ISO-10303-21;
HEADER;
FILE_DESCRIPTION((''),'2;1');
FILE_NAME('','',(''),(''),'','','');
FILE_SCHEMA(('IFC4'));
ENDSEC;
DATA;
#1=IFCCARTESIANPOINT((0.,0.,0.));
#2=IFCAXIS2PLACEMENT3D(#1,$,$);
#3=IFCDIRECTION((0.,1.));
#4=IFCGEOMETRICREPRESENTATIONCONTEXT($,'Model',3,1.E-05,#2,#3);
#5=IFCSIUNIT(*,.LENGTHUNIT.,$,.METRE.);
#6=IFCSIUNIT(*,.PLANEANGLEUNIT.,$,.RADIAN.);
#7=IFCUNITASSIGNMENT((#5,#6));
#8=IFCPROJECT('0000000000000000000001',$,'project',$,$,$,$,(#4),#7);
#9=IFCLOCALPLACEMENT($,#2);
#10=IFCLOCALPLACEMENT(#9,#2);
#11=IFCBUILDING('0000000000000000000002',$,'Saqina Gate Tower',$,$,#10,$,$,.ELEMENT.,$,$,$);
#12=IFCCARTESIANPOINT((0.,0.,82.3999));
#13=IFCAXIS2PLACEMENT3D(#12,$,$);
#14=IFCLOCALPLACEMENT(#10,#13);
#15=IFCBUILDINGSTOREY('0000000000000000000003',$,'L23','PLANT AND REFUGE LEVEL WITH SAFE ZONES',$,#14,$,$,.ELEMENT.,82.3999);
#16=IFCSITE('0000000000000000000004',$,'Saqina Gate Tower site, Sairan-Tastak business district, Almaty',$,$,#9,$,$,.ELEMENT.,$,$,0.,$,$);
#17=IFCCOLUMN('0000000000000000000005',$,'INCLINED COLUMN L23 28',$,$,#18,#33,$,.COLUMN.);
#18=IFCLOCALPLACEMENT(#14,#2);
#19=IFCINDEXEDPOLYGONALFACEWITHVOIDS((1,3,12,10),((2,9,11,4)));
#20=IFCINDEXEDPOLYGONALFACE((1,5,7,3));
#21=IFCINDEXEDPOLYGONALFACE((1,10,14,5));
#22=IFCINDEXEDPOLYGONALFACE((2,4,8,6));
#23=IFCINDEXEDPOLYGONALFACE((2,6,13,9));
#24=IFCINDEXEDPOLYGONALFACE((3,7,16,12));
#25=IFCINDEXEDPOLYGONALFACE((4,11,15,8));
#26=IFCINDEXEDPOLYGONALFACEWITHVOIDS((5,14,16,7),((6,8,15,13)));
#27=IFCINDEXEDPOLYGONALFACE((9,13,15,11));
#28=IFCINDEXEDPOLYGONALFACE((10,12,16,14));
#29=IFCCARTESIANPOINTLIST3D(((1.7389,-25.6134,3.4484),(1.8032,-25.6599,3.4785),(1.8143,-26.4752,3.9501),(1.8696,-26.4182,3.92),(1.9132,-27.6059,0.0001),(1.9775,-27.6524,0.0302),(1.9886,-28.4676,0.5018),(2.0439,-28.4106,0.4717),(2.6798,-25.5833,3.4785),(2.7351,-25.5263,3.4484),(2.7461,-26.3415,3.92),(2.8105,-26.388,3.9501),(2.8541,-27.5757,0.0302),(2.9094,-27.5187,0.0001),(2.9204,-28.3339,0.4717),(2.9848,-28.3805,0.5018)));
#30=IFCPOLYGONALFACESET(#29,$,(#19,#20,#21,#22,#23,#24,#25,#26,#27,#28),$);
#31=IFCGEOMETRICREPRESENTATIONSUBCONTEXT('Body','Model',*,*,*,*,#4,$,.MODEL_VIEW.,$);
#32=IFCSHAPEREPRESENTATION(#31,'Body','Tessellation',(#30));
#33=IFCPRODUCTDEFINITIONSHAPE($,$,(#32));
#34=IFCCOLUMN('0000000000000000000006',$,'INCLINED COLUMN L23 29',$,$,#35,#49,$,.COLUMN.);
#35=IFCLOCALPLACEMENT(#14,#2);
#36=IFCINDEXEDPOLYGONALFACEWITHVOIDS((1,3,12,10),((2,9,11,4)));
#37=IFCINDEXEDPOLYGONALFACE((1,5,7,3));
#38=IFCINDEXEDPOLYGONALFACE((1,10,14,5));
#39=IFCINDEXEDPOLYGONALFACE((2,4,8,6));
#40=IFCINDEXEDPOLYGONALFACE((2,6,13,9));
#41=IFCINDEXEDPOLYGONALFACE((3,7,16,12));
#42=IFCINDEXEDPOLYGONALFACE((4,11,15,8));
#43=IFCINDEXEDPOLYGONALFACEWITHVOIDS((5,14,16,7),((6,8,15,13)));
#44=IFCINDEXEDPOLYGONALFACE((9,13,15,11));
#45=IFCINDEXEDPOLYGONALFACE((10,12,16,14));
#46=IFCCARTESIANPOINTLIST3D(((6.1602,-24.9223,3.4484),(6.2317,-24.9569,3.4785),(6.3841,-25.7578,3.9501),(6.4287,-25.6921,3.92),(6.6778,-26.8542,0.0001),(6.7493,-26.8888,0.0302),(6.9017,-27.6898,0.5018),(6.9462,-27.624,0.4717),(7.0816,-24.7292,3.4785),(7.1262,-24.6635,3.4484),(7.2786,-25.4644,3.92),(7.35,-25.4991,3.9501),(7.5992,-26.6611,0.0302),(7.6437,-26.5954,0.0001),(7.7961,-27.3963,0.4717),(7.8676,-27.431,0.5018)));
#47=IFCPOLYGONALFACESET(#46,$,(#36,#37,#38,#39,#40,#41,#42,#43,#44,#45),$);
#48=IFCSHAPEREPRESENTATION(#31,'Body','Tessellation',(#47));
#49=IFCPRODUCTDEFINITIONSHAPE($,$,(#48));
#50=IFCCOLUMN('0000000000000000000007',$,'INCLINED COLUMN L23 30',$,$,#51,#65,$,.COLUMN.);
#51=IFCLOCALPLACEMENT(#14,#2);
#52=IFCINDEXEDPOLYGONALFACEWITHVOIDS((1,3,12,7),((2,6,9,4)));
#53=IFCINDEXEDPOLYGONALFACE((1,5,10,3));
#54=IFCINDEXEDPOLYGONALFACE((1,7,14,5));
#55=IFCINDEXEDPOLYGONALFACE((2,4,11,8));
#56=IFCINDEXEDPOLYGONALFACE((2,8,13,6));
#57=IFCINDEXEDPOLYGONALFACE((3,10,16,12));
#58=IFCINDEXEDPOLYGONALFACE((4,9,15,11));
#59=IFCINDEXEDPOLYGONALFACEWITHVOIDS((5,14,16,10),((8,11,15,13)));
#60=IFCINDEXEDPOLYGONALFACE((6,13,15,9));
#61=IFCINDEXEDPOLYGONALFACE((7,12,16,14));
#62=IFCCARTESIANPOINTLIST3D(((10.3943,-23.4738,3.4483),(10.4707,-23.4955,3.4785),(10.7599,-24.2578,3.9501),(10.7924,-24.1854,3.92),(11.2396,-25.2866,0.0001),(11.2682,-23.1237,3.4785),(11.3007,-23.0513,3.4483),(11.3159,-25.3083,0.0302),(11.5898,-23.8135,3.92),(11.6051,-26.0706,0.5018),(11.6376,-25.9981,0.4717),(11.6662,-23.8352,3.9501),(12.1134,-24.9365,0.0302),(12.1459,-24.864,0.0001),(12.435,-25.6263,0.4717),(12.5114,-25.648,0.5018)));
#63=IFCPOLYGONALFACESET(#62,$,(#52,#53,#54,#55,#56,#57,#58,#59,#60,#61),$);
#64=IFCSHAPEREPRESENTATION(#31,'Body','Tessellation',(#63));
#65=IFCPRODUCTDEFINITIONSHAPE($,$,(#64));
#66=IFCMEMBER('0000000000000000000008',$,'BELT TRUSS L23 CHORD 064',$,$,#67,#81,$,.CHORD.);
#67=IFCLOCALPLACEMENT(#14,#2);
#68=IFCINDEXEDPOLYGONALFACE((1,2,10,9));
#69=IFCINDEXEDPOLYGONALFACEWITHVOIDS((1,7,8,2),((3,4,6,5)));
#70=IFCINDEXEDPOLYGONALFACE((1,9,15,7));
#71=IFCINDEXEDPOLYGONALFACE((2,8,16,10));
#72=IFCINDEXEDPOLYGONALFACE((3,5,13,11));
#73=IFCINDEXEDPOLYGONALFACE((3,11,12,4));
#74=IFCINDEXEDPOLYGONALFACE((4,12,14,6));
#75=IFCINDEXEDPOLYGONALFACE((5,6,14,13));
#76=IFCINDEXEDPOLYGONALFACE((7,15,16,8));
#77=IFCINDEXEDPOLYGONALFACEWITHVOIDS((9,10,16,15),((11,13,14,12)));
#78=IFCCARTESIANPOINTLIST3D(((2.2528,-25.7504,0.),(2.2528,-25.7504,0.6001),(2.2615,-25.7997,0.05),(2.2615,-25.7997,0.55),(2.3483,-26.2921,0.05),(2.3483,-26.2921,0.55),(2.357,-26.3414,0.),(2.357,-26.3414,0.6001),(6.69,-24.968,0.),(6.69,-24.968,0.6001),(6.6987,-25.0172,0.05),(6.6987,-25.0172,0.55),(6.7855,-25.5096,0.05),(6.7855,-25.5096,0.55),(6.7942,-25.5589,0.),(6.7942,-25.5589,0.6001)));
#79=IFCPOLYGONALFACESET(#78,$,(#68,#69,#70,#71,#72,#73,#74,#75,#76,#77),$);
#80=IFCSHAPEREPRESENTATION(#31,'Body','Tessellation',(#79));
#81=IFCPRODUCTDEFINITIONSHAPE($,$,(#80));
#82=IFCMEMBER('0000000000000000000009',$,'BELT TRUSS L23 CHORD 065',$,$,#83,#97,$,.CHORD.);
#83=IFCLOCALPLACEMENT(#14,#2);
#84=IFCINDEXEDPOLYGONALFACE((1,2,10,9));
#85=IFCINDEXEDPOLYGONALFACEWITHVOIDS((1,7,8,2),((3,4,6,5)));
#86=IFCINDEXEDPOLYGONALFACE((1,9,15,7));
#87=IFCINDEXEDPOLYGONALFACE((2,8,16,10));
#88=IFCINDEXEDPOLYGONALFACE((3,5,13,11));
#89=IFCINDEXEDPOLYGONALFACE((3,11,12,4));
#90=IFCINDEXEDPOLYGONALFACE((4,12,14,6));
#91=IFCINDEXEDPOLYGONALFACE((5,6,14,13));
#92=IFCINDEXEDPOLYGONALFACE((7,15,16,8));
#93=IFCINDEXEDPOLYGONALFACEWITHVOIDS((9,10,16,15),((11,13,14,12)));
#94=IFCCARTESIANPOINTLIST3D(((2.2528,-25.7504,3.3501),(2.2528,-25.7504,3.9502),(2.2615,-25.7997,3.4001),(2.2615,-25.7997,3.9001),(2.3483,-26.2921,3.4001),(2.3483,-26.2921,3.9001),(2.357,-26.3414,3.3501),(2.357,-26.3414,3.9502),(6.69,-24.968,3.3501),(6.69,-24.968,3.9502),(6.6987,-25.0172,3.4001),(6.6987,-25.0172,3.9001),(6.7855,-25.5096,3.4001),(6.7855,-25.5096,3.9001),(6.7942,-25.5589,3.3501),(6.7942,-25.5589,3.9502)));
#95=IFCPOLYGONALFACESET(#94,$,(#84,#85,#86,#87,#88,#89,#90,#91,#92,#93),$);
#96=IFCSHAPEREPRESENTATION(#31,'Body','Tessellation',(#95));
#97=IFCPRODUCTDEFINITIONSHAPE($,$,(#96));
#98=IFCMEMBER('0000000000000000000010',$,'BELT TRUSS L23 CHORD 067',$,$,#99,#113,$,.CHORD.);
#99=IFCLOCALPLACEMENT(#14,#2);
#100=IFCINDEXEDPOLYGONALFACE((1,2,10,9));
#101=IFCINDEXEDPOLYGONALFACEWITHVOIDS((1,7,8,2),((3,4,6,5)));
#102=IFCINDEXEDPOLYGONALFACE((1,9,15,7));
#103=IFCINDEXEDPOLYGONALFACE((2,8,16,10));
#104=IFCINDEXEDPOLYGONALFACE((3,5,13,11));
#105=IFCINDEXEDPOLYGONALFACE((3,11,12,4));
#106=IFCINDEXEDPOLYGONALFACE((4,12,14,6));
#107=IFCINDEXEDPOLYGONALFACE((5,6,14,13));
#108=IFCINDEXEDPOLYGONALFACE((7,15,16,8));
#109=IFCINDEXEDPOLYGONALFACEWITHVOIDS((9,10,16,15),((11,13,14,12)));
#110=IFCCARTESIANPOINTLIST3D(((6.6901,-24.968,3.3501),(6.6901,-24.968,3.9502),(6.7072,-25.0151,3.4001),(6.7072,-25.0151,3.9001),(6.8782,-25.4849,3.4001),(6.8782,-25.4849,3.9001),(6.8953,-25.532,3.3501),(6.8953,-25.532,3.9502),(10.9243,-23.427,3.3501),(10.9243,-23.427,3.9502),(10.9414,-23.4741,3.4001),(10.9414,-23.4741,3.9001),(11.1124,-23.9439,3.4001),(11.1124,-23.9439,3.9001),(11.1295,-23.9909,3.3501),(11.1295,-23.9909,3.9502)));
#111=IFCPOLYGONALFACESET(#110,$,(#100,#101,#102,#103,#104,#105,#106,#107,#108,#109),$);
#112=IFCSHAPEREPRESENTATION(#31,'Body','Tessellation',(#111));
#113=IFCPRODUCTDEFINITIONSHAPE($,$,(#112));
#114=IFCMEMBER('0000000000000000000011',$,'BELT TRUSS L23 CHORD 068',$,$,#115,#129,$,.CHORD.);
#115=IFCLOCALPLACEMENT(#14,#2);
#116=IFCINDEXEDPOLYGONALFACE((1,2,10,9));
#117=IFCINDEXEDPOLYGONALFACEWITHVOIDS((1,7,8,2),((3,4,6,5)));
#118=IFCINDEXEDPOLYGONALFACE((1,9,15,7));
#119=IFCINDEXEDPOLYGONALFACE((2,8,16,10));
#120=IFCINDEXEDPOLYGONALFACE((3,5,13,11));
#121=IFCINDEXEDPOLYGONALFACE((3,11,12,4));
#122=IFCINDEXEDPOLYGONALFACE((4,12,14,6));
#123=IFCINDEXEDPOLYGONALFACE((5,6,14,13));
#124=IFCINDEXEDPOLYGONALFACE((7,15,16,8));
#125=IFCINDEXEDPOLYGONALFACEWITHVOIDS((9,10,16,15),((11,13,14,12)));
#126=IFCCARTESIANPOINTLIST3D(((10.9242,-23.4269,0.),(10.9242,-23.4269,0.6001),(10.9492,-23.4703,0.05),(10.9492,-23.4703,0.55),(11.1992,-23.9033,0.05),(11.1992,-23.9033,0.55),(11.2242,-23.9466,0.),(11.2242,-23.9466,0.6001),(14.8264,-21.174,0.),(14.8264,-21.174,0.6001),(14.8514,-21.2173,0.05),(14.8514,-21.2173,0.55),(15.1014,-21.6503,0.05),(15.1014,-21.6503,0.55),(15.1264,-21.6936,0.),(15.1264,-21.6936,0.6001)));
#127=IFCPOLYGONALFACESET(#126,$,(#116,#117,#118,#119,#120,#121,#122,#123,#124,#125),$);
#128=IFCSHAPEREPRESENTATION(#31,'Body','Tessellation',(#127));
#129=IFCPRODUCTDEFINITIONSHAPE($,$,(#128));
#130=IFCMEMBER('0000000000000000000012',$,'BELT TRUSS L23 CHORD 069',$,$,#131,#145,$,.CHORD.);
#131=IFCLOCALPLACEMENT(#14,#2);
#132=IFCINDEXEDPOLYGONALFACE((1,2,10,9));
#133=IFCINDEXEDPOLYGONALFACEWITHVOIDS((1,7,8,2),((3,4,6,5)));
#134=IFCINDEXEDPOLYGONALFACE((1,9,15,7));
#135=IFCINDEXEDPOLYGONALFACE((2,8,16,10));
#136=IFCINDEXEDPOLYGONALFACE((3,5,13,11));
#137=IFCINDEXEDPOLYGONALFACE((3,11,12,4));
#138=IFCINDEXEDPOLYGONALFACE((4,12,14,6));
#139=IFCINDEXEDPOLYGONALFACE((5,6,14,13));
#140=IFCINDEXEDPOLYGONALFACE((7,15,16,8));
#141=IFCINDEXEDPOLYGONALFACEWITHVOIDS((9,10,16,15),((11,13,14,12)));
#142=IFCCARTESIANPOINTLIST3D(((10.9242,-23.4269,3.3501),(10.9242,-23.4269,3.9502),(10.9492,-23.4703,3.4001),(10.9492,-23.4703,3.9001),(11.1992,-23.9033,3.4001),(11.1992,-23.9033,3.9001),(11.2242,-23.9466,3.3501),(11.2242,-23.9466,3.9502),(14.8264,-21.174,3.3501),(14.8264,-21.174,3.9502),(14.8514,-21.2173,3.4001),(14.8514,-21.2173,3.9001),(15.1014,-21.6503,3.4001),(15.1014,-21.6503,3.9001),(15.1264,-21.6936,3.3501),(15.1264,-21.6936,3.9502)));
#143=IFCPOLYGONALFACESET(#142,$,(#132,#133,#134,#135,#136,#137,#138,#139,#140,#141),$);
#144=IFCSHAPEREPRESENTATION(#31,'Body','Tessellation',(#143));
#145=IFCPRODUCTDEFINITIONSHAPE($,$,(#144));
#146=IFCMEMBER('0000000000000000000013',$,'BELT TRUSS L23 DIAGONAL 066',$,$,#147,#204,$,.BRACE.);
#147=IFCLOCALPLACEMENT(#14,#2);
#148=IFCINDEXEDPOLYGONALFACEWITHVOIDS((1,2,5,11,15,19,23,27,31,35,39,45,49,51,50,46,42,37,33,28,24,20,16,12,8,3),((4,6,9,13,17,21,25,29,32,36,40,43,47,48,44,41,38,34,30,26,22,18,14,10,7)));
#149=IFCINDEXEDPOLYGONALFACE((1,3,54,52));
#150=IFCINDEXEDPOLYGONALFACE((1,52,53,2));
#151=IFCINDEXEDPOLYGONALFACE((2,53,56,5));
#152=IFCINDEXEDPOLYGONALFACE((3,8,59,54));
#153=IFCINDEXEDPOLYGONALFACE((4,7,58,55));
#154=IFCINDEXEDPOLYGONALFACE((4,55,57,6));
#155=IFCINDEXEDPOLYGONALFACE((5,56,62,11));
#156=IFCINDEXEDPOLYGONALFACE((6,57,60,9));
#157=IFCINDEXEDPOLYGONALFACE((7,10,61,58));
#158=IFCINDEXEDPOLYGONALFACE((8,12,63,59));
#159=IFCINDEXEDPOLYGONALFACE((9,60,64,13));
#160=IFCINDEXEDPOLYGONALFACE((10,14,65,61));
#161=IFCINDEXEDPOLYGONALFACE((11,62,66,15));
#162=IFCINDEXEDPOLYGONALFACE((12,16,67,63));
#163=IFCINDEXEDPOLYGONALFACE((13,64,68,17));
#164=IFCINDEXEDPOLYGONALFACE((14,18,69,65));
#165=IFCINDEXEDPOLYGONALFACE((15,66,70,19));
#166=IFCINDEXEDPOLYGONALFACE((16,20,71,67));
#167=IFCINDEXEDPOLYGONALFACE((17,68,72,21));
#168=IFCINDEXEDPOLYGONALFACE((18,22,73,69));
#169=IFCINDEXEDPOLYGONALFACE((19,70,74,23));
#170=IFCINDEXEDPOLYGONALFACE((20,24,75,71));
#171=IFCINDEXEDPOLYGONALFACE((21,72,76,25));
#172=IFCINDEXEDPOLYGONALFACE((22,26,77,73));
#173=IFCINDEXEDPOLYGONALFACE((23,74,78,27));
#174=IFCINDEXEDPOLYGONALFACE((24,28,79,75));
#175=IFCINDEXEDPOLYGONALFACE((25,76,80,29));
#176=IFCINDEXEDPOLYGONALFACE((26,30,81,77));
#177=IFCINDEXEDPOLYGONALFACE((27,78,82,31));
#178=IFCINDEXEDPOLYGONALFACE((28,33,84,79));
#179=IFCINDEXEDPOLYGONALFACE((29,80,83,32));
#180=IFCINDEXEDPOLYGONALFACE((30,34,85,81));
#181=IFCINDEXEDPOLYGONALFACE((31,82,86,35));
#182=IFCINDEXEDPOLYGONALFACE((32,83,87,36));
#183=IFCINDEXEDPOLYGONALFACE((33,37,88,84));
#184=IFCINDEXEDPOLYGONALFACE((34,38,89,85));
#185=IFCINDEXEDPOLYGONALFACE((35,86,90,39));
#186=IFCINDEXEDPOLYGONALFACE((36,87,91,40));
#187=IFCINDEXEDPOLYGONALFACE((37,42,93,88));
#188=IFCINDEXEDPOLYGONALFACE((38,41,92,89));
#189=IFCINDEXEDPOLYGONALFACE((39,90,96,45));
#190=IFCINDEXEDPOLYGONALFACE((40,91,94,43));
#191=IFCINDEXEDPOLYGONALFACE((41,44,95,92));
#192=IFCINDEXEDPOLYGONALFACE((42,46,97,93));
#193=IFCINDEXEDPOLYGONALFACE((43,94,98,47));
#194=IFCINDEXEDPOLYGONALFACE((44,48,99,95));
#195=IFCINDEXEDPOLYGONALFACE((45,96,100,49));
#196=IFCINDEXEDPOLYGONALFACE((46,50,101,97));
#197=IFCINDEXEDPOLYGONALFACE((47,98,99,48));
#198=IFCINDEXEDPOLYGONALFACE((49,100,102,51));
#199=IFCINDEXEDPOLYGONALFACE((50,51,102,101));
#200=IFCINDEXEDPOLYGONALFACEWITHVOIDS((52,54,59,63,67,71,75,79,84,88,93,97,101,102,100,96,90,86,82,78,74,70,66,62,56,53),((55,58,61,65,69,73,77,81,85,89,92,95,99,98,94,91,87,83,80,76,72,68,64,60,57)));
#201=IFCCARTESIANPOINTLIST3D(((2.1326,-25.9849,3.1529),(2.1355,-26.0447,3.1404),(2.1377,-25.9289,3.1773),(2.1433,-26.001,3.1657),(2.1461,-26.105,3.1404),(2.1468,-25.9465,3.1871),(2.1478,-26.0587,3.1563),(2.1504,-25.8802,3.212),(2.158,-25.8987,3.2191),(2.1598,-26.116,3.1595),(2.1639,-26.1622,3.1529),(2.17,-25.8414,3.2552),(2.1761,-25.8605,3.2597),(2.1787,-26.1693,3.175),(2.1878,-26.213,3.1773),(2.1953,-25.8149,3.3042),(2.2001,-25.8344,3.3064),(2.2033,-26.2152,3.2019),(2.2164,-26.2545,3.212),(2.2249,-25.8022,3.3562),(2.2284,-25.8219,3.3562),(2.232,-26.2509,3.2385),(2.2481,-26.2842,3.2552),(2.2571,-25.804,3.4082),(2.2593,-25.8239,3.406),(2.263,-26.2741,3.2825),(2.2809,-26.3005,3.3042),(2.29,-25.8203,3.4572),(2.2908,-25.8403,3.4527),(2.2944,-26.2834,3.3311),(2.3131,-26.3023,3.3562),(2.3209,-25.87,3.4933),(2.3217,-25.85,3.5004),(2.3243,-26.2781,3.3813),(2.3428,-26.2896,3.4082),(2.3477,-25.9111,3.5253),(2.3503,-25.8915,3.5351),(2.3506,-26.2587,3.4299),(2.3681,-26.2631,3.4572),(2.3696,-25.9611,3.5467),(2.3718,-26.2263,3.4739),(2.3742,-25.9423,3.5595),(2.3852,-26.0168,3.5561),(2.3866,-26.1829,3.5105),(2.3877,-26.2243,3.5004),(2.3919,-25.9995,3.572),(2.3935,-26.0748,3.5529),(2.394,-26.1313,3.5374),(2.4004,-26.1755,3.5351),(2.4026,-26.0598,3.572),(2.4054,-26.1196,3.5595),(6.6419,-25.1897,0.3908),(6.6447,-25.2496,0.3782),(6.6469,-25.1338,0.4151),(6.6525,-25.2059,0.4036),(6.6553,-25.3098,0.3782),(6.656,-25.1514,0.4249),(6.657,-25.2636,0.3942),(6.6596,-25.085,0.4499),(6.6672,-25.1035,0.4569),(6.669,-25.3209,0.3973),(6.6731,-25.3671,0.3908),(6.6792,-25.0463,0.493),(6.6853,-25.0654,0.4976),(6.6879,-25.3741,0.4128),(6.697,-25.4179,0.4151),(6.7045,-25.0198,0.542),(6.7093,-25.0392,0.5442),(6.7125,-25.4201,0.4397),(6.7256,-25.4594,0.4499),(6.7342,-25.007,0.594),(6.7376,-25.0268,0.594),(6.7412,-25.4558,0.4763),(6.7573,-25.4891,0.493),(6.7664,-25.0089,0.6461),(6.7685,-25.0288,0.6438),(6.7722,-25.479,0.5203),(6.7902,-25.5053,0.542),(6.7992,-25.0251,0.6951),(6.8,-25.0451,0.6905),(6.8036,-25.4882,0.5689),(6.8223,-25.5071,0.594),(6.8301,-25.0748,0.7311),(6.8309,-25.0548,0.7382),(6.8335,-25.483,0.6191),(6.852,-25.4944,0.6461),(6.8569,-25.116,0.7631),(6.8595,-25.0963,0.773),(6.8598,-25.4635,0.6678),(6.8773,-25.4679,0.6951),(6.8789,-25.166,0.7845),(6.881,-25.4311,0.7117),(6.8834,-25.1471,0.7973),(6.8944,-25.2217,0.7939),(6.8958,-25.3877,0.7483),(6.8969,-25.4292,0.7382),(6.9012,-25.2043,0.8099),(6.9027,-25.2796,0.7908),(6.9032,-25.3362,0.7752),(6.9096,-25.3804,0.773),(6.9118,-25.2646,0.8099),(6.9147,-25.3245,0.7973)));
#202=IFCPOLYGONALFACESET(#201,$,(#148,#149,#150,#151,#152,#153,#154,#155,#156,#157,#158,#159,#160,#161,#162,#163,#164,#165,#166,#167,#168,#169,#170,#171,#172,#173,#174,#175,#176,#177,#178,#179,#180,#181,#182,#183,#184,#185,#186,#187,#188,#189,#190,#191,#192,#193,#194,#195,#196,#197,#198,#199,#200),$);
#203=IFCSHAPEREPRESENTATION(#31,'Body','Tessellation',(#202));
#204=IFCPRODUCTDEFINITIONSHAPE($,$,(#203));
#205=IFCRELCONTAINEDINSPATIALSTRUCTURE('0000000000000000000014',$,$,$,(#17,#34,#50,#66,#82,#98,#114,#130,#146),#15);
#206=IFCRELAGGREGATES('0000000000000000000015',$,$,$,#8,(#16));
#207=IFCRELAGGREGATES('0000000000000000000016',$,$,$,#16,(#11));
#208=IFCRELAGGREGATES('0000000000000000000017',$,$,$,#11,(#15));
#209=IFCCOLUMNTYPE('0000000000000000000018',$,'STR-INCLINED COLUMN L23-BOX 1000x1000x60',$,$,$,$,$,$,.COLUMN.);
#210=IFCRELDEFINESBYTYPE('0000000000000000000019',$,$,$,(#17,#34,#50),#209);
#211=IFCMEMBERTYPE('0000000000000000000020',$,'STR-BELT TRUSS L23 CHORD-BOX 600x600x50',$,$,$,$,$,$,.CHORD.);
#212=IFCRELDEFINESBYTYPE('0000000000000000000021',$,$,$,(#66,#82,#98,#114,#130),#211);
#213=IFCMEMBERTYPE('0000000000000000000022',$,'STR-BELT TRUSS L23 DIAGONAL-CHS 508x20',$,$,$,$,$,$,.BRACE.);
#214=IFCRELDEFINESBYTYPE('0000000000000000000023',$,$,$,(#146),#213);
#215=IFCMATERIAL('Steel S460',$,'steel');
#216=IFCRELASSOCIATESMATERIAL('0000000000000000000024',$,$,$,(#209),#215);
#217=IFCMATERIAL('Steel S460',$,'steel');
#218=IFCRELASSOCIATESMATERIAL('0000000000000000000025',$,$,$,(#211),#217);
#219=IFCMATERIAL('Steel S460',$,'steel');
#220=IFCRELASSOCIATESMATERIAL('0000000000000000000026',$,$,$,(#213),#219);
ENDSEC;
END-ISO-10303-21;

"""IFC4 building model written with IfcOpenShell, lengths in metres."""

from ifc_helpers import new_model, si_unit, direction, frame, origin, origin_2d, place, context, subcontext, project, spatial, hollow_rectangle, hollow_circle, extrude, material, material_profile, profile_set, type_object, element, save


model = new_model("IFC4")

# Units and contexts
model_context = context("Model", 3, precision=1e-05, world=origin(), true_north=direction((0.0, 1.0)))
body_context = subcontext(model_context, "Body", "Model", "MODEL_VIEW")
ifc_project = project(units=[si_unit("LENGTHUNIT", "METRE"), si_unit("PLANEANGLEUNIT", "RADIAN")], contexts=[model_context])

# Site, building, storey
site_placement = place(None, origin())
site = spatial("IfcSite", under=ifc_project, at=site_placement, Name="Saqina Gate Tower site, Sairan-Tastak business district, Almaty", CompositionType="ELEMENT", RefElevation=0.0)
building_placement = place(site_placement, origin())
building = spatial("IfcBuilding", under=site, at=building_placement, Name="Saqina Gate Tower", CompositionType="ELEMENT")
storey_placement = place(building_placement, frame((0.0, 0.0, 82.3999)))
storey = spatial("IfcBuildingStorey", under=building, at=storey_placement, Name="L23", Description="PLANT AND REFUGE LEVEL WITH SAFE ZONES", CompositionType="ELEMENT", Elevation=82.3999)

# Columns
ifc_material_1 = material(Name="Steel S460", Category="steel")
ifc_material_profile_1 = material_profile(ifc_material_1, hollow_rectangle(XDim=1.0, YDim=1.0, WallThickness=0.0601, at=origin_2d()), Name="BOX 1000x1000x60")
ifc_profile_set_1 = profile_set([ifc_material_profile_1], Name="Steel S460")
column_type = type_object("IfcColumnType", Name="STR-INCLINED COLUMN L23-BOX 1000x1000x60", PredefinedType="COLUMN", material=ifc_profile_set_1)
for number, where, z_axis, x_axis, name in (
    (1, (2.449, -27.9932, 0.251), (-0.043729, 0.49982, 0.865024), (-0.996195, -0.087156, 0.0), "INCLINED COLUMN L23 28"),
    (2, (7.2727, -27.1426, 0.251), (-0.12984, 0.484633, 0.865027), (-0.965934, -0.258787, 0.0), "INCLINED COLUMN L23 29"),
    (3, (11.8755, -25.4673, 0.251), (-0.212028, 0.45474, 0.865017), (-0.906323, -0.422585, 0.0), "INCLINED COLUMN L23 30"),
):
    element("IfcColumn", number, at=place(storey_placement, frame(where, z_axis=z_axis, x_axis=x_axis)), inside=storey, type_object=column_type, Name=name, PredefinedType="COLUMN", context=body_context, shape_type="SweptSolid", body=[
        extrude(hollow_rectangle(XDim=1.0, YDim=1.0, WallThickness=0.0601, at=origin_2d()), origin(), (0.0, 0.0, 1.0), 3.9863),
    ])

# Members
ifc_material_2 = material(Name="Steel S460", Category="steel")
ifc_material_profile_2 = material_profile(ifc_material_2, hollow_rectangle(XDim=0.6001, YDim=0.6001, WallThickness=0.05, at=origin_2d()), Name="BOX 600x600x50")
ifc_profile_set_2 = profile_set([ifc_material_profile_2], Name="Steel S460")
member_type_1 = type_object("IfcMemberType", Name="STR-BELT TRUSS L23 CHORD-BOX 600x600x50", PredefinedType="CHORD", material=ifc_profile_set_2)
for number, where, z_axis, x_axis, name in (
    (4, (2.3049, -26.0459, 0.3), (0.984805, 0.173662, 0.0), (-0.173662, 0.984805, 0.0), "BELT TRUSS L23 CHORD 064"),
    (5, (2.3049, -26.0459, 3.6501), (0.984805, 0.173662, 0.0), (-0.173662, 0.984805, 0.0), "BELT TRUSS L23 CHORD 065"),
):
    element("IfcMember", number, at=place(storey_placement, frame(where, z_axis=z_axis, x_axis=x_axis)), inside=storey, type_object=member_type_1, Name=name, PredefinedType="CHORD", context=body_context, shape_type="SweptSolid", body=[
        extrude(hollow_rectangle(XDim=0.6001, YDim=0.6001, WallThickness=0.05, at=origin_2d()), origin(), (0.0, 0.0, 1.0), 4.5056),
    ])
for number, where, z_axis, x_axis, name in (
    (6, (6.7927, -25.25, 3.6501), (0.939698, 0.342004, 0.0), (-0.342004, 0.939698, 0.0), "BELT TRUSS L23 CHORD 067"),
    (7, (11.0742, -23.6868, 0.3), (0.86602, 0.500009, 0.0), (-0.500009, 0.86602, 0.0), "BELT TRUSS L23 CHORD 068"),
    (8, (11.0742, -23.6868, 3.6501), (0.86602, 0.500009, 0.0), (-0.500009, 0.86602, 0.0), "BELT TRUSS L23 CHORD 069"),
):
    element("IfcMember", number, at=place(storey_placement, frame(where, z_axis=z_axis, x_axis=x_axis)), inside=storey, type_object=member_type_1, Name=name, PredefinedType="CHORD", context=body_context, shape_type="SweptSolid", body=[
        extrude(hollow_rectangle(XDim=0.6001, YDim=0.6001, WallThickness=0.05, at=origin_2d()), origin(), (0.0, 0.0, 1.0), 4.5059),
    ])
ifc_material_3 = material(Name="Steel S460", Category="steel")
ifc_material_profile_3 = material_profile(ifc_material_3, hollow_circle(Radius=0.2539, WallThickness=0.02, at=origin_2d()), Name="CHS 508x20")
ifc_profile_set_3 = profile_set([ifc_material_profile_3], Name="Steel S460")
member_type_2 = type_object("IfcMemberType", Name="STR-BELT TRUSS L23 DIAGONAL-CHS 508x20", PredefinedType="BRACE", material=ifc_profile_set_3)
for number, where, z_axis, x_axis, name in (
    (9, (2.269, -26.0522, 3.3562), (0.843251, 0.148699, -0.516543), (-0.173661, 0.984806, 0.0), "BELT TRUSS L23 DIAGONAL 066"),
):
    element("IfcMember", number, at=place(storey_placement, frame(where, z_axis=z_axis, x_axis=x_axis)), inside=storey, type_object=member_type_2, Name=name, PredefinedType="BRACE", context=body_context, shape_type="SweptSolid", body=[
        extrude(hollow_circle(Radius=0.2539, WallThickness=0.02, at=origin_2d()), origin(), (0.0, 0.0, 1.0), 5.3474),
    ])

save(model, "model.ifc")
